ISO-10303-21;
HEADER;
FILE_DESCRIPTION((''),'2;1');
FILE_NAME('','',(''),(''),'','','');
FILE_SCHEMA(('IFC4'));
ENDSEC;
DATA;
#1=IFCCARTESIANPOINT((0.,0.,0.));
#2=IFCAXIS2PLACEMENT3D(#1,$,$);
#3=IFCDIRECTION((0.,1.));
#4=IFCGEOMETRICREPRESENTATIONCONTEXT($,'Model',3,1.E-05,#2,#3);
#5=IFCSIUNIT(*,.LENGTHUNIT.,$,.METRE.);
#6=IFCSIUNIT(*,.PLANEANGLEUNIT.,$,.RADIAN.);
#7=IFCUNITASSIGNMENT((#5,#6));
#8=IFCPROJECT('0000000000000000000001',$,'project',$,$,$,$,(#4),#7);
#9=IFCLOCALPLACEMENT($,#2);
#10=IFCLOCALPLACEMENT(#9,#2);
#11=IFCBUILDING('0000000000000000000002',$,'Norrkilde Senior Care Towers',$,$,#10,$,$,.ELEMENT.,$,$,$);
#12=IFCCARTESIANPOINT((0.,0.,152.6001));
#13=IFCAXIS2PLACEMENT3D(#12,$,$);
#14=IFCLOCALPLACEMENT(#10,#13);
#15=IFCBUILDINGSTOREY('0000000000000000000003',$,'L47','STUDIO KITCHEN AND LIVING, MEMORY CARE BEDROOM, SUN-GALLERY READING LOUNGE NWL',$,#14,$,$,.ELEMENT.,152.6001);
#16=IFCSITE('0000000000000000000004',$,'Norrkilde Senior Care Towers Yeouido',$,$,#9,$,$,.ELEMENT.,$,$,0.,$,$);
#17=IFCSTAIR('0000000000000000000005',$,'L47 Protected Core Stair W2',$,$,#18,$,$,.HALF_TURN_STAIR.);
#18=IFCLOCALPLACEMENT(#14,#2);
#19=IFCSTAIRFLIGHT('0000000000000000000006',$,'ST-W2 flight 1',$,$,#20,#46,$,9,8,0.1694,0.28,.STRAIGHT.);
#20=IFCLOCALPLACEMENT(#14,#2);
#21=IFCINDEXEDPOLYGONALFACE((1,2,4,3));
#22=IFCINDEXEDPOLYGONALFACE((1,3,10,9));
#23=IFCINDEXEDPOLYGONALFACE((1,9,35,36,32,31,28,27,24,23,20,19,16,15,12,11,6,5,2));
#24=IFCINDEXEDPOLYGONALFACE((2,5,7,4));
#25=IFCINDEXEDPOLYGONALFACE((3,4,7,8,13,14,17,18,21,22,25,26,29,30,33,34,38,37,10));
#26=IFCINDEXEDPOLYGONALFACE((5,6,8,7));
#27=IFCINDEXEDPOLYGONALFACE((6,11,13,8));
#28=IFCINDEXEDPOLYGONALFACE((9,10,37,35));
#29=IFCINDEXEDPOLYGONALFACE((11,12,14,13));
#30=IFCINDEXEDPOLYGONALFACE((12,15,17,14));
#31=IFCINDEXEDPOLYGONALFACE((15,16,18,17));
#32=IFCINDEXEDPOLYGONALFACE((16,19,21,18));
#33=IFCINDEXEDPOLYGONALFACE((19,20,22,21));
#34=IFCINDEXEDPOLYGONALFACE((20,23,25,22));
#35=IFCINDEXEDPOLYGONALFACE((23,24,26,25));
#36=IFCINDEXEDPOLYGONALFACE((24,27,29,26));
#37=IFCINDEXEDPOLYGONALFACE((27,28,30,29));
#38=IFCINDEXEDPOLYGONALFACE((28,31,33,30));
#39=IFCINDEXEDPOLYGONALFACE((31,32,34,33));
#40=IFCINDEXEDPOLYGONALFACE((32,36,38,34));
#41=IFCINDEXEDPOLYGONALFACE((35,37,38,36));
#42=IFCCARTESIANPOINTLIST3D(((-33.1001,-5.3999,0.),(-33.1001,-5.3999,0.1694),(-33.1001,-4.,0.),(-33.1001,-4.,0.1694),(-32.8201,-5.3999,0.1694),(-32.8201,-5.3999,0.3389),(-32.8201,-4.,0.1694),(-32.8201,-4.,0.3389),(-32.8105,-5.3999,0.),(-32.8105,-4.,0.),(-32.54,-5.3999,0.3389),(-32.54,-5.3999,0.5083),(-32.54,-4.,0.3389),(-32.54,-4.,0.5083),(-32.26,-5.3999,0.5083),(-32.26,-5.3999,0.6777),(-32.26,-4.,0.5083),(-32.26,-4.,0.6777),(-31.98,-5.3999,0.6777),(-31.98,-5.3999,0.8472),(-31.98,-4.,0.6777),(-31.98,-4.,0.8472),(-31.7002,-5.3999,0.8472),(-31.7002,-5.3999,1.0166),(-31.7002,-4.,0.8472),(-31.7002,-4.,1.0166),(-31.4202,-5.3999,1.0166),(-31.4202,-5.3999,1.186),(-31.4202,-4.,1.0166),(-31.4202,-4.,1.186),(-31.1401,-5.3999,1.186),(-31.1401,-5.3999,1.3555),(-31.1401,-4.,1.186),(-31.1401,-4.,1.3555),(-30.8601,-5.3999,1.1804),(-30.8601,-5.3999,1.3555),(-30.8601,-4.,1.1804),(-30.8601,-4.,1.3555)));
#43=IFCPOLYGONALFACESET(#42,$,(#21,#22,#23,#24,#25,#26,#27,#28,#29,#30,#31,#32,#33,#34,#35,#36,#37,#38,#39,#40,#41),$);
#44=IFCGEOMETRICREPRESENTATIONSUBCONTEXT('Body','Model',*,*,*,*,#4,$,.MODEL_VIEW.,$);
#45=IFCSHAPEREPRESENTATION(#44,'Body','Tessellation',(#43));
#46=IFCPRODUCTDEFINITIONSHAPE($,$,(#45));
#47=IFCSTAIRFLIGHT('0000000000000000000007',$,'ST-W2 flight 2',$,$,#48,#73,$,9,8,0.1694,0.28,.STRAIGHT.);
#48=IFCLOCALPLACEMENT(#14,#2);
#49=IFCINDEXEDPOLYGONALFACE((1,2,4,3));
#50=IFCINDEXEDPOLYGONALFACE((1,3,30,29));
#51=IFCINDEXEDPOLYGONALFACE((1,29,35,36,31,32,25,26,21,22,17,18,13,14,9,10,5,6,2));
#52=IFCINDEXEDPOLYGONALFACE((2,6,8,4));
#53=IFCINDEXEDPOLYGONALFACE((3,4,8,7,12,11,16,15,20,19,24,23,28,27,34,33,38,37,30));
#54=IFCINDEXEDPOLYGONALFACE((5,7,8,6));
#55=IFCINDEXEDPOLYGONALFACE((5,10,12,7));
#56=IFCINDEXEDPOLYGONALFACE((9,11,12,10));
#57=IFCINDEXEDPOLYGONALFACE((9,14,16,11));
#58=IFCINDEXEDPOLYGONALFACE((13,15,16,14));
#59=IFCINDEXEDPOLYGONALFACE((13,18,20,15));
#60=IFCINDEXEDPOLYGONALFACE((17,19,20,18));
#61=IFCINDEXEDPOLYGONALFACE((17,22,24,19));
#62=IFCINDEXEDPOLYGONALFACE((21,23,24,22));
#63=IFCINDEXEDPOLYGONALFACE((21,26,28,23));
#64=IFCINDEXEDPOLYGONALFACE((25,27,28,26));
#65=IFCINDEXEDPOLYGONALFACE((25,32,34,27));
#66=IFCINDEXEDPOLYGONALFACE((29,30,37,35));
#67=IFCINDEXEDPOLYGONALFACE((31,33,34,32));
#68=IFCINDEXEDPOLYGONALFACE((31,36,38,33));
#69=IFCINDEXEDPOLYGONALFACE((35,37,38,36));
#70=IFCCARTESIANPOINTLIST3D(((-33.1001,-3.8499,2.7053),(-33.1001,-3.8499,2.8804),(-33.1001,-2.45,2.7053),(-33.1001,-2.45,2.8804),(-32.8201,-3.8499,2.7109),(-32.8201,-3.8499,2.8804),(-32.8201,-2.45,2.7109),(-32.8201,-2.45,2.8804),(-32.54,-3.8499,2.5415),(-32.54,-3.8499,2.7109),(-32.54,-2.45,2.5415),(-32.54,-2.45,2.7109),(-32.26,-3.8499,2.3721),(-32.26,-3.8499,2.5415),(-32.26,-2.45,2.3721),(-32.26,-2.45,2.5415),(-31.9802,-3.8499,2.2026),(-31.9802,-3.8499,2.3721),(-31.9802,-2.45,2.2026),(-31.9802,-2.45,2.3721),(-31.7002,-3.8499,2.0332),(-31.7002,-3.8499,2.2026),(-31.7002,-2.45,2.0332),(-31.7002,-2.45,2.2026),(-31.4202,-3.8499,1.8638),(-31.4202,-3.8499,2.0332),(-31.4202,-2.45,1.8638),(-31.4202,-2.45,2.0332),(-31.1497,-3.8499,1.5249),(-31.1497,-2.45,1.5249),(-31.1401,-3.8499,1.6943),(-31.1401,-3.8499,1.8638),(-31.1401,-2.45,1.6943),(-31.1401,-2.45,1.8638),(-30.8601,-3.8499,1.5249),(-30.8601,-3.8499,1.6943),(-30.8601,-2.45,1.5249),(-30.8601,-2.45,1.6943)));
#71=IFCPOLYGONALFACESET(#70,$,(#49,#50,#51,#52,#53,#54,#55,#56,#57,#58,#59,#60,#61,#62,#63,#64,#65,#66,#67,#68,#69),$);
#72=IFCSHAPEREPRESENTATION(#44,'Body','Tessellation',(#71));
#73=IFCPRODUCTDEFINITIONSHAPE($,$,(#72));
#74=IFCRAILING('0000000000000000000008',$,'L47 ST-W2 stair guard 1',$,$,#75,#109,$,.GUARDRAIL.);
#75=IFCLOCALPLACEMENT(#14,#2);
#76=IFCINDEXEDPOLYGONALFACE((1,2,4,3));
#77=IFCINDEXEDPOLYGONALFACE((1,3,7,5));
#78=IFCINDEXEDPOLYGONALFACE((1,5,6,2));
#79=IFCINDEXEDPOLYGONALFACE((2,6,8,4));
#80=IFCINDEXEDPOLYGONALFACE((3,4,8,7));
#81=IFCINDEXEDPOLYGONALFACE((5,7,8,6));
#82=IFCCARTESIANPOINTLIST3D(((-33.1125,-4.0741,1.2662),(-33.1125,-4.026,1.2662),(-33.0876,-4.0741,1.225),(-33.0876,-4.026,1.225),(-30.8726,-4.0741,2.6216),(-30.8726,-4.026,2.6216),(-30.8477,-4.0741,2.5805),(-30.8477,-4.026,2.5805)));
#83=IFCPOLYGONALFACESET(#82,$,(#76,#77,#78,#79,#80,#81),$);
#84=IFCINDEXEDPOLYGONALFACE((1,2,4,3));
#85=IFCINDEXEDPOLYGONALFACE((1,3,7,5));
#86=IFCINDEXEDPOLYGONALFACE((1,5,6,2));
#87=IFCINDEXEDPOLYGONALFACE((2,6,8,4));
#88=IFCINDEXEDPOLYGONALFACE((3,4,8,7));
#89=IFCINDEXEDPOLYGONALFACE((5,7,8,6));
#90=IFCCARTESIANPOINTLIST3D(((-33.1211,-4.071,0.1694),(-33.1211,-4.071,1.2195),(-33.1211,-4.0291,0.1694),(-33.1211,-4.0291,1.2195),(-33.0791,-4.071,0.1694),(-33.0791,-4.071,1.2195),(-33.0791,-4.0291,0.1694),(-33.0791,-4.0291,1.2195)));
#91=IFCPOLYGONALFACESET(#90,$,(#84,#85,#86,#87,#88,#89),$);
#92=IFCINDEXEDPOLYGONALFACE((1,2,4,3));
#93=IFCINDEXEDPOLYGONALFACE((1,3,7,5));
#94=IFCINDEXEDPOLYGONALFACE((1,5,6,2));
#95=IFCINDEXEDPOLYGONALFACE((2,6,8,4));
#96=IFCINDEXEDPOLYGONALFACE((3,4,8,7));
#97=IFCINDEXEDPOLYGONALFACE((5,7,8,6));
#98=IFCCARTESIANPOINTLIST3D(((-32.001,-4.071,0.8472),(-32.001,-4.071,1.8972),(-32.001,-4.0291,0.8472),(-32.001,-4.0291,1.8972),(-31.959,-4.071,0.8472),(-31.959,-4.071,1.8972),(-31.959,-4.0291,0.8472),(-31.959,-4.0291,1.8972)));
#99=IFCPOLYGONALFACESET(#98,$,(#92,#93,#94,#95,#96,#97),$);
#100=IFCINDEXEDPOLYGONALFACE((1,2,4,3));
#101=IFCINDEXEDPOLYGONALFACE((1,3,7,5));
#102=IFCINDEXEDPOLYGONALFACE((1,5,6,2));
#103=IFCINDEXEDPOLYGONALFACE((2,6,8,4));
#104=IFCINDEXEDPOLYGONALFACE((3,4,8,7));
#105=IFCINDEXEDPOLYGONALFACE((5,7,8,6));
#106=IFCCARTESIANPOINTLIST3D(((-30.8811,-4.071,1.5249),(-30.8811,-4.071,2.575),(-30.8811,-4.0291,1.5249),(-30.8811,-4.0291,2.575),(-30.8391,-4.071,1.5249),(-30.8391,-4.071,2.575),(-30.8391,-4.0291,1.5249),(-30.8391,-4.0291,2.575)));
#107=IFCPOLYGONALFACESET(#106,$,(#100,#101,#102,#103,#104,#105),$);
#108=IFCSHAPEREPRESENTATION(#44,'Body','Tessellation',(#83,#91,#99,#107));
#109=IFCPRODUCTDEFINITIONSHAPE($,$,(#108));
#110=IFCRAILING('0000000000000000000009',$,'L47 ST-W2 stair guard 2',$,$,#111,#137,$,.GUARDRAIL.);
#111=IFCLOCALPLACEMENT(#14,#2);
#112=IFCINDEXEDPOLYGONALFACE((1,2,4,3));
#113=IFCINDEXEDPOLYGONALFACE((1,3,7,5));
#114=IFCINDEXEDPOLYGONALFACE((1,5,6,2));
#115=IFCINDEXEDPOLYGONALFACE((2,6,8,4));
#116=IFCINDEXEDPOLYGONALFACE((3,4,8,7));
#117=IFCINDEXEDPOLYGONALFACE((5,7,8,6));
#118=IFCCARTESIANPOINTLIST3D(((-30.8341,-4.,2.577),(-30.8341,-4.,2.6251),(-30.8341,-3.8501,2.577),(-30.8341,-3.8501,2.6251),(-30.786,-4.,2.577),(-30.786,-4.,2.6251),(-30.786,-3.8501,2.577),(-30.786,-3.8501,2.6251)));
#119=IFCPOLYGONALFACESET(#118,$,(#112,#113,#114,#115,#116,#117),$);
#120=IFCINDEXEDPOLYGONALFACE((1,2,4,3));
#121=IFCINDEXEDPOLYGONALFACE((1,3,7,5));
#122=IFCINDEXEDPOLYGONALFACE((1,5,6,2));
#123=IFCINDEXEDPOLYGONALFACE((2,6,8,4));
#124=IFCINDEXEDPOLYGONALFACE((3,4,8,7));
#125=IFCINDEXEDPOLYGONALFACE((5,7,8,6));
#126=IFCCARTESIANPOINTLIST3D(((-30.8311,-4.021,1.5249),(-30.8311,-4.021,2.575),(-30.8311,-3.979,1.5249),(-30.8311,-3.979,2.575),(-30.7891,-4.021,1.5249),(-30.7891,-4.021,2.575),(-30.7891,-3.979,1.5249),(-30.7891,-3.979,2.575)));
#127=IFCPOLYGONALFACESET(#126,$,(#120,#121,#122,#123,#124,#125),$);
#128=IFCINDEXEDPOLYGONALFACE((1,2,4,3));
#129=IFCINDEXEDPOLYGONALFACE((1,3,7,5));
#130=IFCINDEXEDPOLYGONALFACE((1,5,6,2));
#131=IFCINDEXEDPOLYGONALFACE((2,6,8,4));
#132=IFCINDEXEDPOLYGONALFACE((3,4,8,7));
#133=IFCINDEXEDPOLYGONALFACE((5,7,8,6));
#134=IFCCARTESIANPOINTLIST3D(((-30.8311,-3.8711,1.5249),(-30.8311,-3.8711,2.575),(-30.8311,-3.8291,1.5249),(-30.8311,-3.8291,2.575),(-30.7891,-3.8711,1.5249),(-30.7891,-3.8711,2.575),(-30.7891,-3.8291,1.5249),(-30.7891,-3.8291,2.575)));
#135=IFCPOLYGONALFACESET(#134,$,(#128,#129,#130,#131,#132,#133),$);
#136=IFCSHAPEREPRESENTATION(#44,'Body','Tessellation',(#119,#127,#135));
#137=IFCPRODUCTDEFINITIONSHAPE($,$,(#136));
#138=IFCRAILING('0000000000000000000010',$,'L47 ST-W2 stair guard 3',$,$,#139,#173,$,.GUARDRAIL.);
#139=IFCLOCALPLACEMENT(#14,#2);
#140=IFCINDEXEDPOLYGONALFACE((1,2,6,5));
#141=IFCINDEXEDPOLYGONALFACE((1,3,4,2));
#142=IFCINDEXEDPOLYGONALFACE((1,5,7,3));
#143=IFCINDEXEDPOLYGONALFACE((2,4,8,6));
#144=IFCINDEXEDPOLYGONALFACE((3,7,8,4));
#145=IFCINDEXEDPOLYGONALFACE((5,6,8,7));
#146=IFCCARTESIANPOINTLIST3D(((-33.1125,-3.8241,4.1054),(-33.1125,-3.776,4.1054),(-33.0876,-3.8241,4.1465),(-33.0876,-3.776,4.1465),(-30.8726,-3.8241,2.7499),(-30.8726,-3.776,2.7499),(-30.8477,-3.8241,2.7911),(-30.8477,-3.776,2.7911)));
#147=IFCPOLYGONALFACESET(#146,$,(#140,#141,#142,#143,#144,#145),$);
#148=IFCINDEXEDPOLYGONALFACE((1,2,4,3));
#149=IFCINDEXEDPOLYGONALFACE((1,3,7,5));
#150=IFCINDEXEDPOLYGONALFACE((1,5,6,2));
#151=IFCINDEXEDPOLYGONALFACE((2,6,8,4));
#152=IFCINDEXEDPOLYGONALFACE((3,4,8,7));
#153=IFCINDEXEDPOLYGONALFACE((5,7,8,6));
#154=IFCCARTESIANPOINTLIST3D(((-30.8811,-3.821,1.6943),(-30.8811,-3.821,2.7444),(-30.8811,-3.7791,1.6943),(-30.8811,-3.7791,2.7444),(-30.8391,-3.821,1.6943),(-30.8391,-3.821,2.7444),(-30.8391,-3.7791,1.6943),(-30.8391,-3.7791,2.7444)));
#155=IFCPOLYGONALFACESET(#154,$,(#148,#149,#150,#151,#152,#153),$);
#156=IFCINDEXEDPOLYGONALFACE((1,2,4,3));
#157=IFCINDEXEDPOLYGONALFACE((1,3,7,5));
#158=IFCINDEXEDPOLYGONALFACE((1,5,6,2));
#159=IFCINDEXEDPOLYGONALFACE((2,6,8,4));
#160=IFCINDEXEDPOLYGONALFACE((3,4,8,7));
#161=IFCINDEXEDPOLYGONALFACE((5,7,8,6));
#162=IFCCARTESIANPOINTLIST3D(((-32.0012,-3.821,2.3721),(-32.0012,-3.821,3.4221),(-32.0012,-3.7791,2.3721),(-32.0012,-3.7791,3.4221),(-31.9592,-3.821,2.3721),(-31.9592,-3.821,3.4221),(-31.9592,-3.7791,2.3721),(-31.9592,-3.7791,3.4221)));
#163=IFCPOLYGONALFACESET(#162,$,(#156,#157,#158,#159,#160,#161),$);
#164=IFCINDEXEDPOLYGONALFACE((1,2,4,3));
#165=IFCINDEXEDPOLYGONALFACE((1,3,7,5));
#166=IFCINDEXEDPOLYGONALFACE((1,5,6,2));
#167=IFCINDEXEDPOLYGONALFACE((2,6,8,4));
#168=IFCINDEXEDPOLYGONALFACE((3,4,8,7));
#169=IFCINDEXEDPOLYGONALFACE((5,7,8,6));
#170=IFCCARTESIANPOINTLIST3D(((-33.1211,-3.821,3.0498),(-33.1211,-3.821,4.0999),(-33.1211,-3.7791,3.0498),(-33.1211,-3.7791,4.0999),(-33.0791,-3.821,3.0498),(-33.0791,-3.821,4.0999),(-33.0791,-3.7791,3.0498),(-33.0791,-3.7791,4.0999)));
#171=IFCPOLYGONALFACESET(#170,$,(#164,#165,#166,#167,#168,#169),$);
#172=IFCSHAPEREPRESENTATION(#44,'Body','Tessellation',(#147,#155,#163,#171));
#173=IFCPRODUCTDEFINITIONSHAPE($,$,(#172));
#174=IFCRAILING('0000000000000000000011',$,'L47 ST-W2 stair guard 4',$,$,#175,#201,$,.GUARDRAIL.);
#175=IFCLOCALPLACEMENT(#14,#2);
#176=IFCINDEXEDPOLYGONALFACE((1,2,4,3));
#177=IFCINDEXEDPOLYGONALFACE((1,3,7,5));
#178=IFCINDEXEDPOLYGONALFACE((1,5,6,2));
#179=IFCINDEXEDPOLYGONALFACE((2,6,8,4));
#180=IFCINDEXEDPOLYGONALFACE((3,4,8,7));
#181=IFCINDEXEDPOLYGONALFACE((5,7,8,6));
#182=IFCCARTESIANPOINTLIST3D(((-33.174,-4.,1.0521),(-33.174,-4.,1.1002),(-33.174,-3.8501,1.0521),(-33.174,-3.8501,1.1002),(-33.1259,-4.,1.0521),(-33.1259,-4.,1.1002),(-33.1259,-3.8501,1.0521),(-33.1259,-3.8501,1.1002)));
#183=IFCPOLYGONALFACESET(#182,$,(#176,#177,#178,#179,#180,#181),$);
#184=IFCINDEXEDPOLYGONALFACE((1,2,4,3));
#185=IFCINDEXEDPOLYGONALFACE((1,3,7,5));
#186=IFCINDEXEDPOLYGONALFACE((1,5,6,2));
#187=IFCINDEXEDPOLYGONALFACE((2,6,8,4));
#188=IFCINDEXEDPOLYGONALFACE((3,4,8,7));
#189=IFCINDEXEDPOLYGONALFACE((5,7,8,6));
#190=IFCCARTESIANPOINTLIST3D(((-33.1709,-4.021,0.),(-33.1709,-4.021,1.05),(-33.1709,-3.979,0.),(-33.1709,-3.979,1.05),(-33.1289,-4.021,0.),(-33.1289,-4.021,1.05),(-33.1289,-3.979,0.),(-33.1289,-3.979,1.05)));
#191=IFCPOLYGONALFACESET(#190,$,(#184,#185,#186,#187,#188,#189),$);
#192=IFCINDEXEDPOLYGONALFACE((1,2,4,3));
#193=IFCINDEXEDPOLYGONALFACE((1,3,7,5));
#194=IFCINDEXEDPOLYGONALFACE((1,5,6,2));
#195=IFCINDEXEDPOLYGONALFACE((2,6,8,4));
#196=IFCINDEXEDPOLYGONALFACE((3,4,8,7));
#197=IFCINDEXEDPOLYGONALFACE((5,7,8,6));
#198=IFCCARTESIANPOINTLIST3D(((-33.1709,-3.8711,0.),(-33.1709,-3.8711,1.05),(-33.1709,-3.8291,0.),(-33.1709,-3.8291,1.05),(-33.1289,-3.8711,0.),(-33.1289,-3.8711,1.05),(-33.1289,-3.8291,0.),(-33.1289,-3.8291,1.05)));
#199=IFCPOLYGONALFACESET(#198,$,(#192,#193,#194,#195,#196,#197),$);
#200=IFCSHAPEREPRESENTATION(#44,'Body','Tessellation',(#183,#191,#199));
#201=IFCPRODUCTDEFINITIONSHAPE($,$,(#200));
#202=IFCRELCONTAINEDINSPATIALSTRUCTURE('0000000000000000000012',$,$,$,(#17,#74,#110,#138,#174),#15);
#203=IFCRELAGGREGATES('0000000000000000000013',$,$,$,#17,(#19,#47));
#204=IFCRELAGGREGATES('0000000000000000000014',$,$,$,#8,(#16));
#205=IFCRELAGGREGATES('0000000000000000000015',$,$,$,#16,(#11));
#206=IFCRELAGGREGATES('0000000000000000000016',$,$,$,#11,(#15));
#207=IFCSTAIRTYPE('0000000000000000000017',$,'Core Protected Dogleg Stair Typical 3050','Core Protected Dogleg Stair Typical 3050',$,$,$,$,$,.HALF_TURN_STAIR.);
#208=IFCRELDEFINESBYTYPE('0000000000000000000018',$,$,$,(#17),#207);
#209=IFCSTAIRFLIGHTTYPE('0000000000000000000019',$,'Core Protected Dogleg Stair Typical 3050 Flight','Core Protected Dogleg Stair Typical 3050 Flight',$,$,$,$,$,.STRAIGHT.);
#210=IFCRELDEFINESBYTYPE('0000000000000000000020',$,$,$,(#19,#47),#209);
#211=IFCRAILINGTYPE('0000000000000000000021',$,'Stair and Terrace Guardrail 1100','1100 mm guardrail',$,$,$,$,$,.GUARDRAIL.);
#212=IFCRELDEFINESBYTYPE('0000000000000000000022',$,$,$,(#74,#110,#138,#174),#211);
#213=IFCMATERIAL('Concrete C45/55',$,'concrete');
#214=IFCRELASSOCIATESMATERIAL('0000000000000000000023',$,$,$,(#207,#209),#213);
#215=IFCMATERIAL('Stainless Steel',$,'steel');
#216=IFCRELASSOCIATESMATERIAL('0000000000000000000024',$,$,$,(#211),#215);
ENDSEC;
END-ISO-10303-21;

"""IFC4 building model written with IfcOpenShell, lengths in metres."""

from ifc_helpers import new_model, si_unit, direction, frame, origin, origin_2d, place, context, subcontext, project, spatial, polyline, rectangle, outline, extrude, material, type_object, element, aggregate, save


model = new_model("IFC4")

# Units and contexts
model_context = context("Model", 3, precision=1e-05, world=origin(), true_north=direction((0.0, 1.0)))
body_context = subcontext(model_context, "Body", "Model", "MODEL_VIEW")
ifc_project = project(units=[si_unit("LENGTHUNIT", "METRE"), si_unit("PLANEANGLEUNIT", "RADIAN")], contexts=[model_context])

# Site, building, storey
site_placement = place(None, origin())
site = spatial("IfcSite", under=ifc_project, at=site_placement, Name="Norrkilde Senior Care Towers Yeouido", CompositionType="ELEMENT", RefElevation=0.0)
building_placement = place(site_placement, origin())
building = spatial("IfcBuilding", under=site, at=building_placement, Name="Norrkilde Senior Care Towers", CompositionType="ELEMENT")
storey_placement = place(building_placement, frame((0.0, 0.0, 152.6001)))
storey = spatial("IfcBuildingStorey", under=building, at=storey_placement, Name="L47", Description="STUDIO KITCHEN AND LIVING, MEMORY CARE BEDROOM, SUN-GALLERY READING LOUNGE NWL", CompositionType="ELEMENT", Elevation=152.6001)

# Shared definitions
ifc_material_1 = material(Name="Concrete C45/55", Category="concrete")

# Stair, stair flights
stair_type = type_object("IfcStairType", Name="Core Protected Dogleg Stair Typical 3050", Description="Core Protected Dogleg Stair Typical 3050", PredefinedType="HALF_TURN_STAIR", material=ifc_material_1)
stair_placement = place(storey_placement, origin())
stair = element("IfcStair", 1, at=stair_placement, inside=storey, type_object=stair_type, Name="L47 Protected Core Stair W2", PredefinedType="HALF_TURN_STAIR")
stair_flight_type = type_object("IfcStairFlightType", Name="Core Protected Dogleg Stair Typical 3050 Flight", Description="Core Protected Dogleg Stair Typical 3050 Flight", PredefinedType="STRAIGHT", material=ifc_material_1)
stair_flight_1_placement = place(storey_placement, frame((-33.1001, -4.7, 0.0), z_axis=(0.0, 0.0, 1.0), x_axis=(1.0, 0.0, 0.0)))
stair_flight_1 = element("IfcStairFlight", 2, at=stair_flight_1_placement, type_object=stair_flight_type, Name="ST-W2 flight 1", NumberOfRisers=9, NumberOfTreads=8, PredefinedType="STRAIGHT", RiserHeight=0.1694, TreadLength=0.28, context=body_context, shape_type="SweptSolid", body=[
    extrude(outline(polyline([(0.0, 0.0), (0.0, 0.1694), (0.28, 0.1694), (0.28, 0.3389), (0.5601, 0.3389), (0.5601, 0.5083), (0.8401, 0.5083), (0.8401, 0.6777), (1.1201, 0.6777), (1.1201, 0.8472), (1.3999, 0.8472), (1.3999, 1.0166), (1.6799, 1.0166), (1.6799, 1.186), (1.96, 1.186), (1.96, 1.3555), (2.24, 1.3555), (2.24, 1.5249), (2.24, 1.1804), (0.2896, 0.0), (0.0, 0.0)])), frame((0.0, 0.7, 0.0), z_axis=(0.0, -1.0, 0.0), x_axis=(1.0, 0.0, 0.0)), (0.0, 0.0, 1.0), 1.3999),
])
stair_flight_2_placement = place(storey_placement, frame((-30.8601, -3.1499, 1.5249), z_axis=(0.0, 0.0, 1.0), x_axis=(-1.0, 0.0, 0.0)))
stair_flight_2 = element("IfcStairFlight", 3, at=stair_flight_2_placement, type_object=stair_flight_type, Name="ST-W2 flight 2", NumberOfRisers=9, NumberOfTreads=8, PredefinedType="STRAIGHT", RiserHeight=0.1694, TreadLength=0.28, context=body_context, shape_type="SweptSolid", body=[
    extrude(outline(polyline([(0.0, 0.0), (0.0, 0.1694), (0.28, 0.1694), (0.28, 0.3389), (0.5601, 0.3389), (0.5601, 0.5083), (0.8401, 0.5083), (0.8401, 0.6777), (1.1201, 0.6777), (1.1201, 0.8472), (1.3999, 0.8472), (1.3999, 1.0166), (1.6799, 1.0166), (1.6799, 1.186), (1.96, 1.186), (1.96, 1.3555), (2.24, 1.3555), (2.24, 1.5249), (2.24, 1.1804), (0.2896, 0.0), (0.0, 0.0)])), frame((0.0, 0.7, 0.0), z_axis=(0.0, -1.0, 0.0), x_axis=(1.0, 0.0, 0.0)), (0.0, 0.0, 1.0), 1.3999),
])
aggregate(stair, [stair_flight_1, stair_flight_2])

# Railings
ifc_material_2 = material(Name="Stainless Steel", Category="steel")
railing_type_1 = type_object("IfcRailingType", Name="Stair and Terrace Guardrail 1100", Description="1100 mm guardrail", PredefinedType="GUARDRAIL", material=ifc_material_2)
railing_1_placement = place(storey_placement, frame((-33.1001, -4.05, 0.1694)))
element("IfcRailing", 4, at=railing_1_placement, inside=storey, type_object=railing_type_1, Name="L47 ST-W2 stair guard 1", PredefinedType="GUARDRAIL", context=body_context, shape_type="SweptSolid", body=[
    extrude(rectangle(XDim=0.0481, YDim=0.0481, at=origin_2d()), frame((0.0, 0.0, 1.0762), z_axis=(0.855553, 0.0, 0.517715), x_axis=(0.0, 1.0, 0.0)), (0.0, 0.0, 1.0), 2.6182),
    extrude(rectangle(XDim=0.042, YDim=0.042, at=origin_2d()), origin(), (0.0, 0.0, 1.0), 1.05),
    extrude(rectangle(XDim=0.042, YDim=0.042, at=origin_2d()), frame((1.1201, 0.0, 0.6777)), (0.0, 0.0, 1.0), 1.05),
    extrude(rectangle(XDim=0.042, YDim=0.042, at=origin_2d()), frame((2.24, 0.0, 1.3555)), (0.0, 0.0, 1.0), 1.05),
])
railing_2_placement = place(storey_placement, frame((-30.8101, -4.0, 1.5249)))
element("IfcRailing", 5, at=railing_2_placement, inside=storey, type_object=railing_type_1, Name="L47 ST-W2 stair guard 2", PredefinedType="GUARDRAIL", context=body_context, shape_type="SweptSolid", body=[
    extrude(rectangle(XDim=0.0481, YDim=0.0481, at=origin_2d()), frame((0.0, 0.0, 1.0762), z_axis=(0.0, 1.0, 0.0), x_axis=(-1.0, 0.0, 0.0)), (0.0, 0.0, 1.0), 0.1499),
    extrude(rectangle(XDim=0.042, YDim=0.042, at=origin_2d()), origin(), (0.0, 0.0, 1.0), 1.05),
    extrude(rectangle(XDim=0.042, YDim=0.042, at=origin_2d()), frame((0.0, 0.1499, 0.0)), (0.0, 0.0, 1.0), 1.05),
])
railing_3_placement = place(storey_placement, frame((-30.8601, -3.8, 1.6943)))
element("IfcRailing", 6, at=railing_3_placement, inside=storey, type_object=railing_type_1, Name="L47 ST-W2 stair guard 3", PredefinedType="GUARDRAIL", context=body_context, shape_type="SweptSolid", body=[
    extrude(rectangle(XDim=0.0481, YDim=0.0481, at=origin_2d()), frame((0.0, 0.0, 1.0762), z_axis=(-0.855553, 0.0, 0.517715), x_axis=(0.0, -1.0, 0.0)), (0.0, 0.0, 1.0), 2.6182),
    extrude(rectangle(XDim=0.042, YDim=0.042, at=origin_2d()), origin(), (0.0, 0.0, 1.0), 1.05),
    extrude(rectangle(XDim=0.042, YDim=0.042, at=origin_2d()), frame((-1.1201, 0.0, 0.6777)), (0.0, 0.0, 1.0), 1.05),
    extrude(rectangle(XDim=0.042, YDim=0.042, at=origin_2d()), frame((-2.24, 0.0, 1.3555)), (0.0, 0.0, 1.0), 1.05),
])
railing_4_placement = place(storey_placement, frame((-33.1499, -4.0, 0.0)))
element("IfcRailing", 7, at=railing_4_placement, inside=storey, type_object=railing_type_1, Name="L47 ST-W2 stair guard 4", PredefinedType="GUARDRAIL", context=body_context, shape_type="SweptSolid", body=[
    extrude(rectangle(XDim=0.0481, YDim=0.0481, at=origin_2d()), frame((0.0, 0.0, 1.0762), z_axis=(0.0, 1.0, 0.0), x_axis=(-1.0, 0.0, 0.0)), (0.0, 0.0, 1.0), 0.1499),
    extrude(rectangle(XDim=0.042, YDim=0.042, at=origin_2d()), origin(), (0.0, 0.0, 1.0), 1.05),
    extrude(rectangle(XDim=0.042, YDim=0.042, at=origin_2d()), frame((0.0, 0.1499, 0.0)), (0.0, 0.0, 1.0), 1.05),
])

save(model, "model.ifc")
